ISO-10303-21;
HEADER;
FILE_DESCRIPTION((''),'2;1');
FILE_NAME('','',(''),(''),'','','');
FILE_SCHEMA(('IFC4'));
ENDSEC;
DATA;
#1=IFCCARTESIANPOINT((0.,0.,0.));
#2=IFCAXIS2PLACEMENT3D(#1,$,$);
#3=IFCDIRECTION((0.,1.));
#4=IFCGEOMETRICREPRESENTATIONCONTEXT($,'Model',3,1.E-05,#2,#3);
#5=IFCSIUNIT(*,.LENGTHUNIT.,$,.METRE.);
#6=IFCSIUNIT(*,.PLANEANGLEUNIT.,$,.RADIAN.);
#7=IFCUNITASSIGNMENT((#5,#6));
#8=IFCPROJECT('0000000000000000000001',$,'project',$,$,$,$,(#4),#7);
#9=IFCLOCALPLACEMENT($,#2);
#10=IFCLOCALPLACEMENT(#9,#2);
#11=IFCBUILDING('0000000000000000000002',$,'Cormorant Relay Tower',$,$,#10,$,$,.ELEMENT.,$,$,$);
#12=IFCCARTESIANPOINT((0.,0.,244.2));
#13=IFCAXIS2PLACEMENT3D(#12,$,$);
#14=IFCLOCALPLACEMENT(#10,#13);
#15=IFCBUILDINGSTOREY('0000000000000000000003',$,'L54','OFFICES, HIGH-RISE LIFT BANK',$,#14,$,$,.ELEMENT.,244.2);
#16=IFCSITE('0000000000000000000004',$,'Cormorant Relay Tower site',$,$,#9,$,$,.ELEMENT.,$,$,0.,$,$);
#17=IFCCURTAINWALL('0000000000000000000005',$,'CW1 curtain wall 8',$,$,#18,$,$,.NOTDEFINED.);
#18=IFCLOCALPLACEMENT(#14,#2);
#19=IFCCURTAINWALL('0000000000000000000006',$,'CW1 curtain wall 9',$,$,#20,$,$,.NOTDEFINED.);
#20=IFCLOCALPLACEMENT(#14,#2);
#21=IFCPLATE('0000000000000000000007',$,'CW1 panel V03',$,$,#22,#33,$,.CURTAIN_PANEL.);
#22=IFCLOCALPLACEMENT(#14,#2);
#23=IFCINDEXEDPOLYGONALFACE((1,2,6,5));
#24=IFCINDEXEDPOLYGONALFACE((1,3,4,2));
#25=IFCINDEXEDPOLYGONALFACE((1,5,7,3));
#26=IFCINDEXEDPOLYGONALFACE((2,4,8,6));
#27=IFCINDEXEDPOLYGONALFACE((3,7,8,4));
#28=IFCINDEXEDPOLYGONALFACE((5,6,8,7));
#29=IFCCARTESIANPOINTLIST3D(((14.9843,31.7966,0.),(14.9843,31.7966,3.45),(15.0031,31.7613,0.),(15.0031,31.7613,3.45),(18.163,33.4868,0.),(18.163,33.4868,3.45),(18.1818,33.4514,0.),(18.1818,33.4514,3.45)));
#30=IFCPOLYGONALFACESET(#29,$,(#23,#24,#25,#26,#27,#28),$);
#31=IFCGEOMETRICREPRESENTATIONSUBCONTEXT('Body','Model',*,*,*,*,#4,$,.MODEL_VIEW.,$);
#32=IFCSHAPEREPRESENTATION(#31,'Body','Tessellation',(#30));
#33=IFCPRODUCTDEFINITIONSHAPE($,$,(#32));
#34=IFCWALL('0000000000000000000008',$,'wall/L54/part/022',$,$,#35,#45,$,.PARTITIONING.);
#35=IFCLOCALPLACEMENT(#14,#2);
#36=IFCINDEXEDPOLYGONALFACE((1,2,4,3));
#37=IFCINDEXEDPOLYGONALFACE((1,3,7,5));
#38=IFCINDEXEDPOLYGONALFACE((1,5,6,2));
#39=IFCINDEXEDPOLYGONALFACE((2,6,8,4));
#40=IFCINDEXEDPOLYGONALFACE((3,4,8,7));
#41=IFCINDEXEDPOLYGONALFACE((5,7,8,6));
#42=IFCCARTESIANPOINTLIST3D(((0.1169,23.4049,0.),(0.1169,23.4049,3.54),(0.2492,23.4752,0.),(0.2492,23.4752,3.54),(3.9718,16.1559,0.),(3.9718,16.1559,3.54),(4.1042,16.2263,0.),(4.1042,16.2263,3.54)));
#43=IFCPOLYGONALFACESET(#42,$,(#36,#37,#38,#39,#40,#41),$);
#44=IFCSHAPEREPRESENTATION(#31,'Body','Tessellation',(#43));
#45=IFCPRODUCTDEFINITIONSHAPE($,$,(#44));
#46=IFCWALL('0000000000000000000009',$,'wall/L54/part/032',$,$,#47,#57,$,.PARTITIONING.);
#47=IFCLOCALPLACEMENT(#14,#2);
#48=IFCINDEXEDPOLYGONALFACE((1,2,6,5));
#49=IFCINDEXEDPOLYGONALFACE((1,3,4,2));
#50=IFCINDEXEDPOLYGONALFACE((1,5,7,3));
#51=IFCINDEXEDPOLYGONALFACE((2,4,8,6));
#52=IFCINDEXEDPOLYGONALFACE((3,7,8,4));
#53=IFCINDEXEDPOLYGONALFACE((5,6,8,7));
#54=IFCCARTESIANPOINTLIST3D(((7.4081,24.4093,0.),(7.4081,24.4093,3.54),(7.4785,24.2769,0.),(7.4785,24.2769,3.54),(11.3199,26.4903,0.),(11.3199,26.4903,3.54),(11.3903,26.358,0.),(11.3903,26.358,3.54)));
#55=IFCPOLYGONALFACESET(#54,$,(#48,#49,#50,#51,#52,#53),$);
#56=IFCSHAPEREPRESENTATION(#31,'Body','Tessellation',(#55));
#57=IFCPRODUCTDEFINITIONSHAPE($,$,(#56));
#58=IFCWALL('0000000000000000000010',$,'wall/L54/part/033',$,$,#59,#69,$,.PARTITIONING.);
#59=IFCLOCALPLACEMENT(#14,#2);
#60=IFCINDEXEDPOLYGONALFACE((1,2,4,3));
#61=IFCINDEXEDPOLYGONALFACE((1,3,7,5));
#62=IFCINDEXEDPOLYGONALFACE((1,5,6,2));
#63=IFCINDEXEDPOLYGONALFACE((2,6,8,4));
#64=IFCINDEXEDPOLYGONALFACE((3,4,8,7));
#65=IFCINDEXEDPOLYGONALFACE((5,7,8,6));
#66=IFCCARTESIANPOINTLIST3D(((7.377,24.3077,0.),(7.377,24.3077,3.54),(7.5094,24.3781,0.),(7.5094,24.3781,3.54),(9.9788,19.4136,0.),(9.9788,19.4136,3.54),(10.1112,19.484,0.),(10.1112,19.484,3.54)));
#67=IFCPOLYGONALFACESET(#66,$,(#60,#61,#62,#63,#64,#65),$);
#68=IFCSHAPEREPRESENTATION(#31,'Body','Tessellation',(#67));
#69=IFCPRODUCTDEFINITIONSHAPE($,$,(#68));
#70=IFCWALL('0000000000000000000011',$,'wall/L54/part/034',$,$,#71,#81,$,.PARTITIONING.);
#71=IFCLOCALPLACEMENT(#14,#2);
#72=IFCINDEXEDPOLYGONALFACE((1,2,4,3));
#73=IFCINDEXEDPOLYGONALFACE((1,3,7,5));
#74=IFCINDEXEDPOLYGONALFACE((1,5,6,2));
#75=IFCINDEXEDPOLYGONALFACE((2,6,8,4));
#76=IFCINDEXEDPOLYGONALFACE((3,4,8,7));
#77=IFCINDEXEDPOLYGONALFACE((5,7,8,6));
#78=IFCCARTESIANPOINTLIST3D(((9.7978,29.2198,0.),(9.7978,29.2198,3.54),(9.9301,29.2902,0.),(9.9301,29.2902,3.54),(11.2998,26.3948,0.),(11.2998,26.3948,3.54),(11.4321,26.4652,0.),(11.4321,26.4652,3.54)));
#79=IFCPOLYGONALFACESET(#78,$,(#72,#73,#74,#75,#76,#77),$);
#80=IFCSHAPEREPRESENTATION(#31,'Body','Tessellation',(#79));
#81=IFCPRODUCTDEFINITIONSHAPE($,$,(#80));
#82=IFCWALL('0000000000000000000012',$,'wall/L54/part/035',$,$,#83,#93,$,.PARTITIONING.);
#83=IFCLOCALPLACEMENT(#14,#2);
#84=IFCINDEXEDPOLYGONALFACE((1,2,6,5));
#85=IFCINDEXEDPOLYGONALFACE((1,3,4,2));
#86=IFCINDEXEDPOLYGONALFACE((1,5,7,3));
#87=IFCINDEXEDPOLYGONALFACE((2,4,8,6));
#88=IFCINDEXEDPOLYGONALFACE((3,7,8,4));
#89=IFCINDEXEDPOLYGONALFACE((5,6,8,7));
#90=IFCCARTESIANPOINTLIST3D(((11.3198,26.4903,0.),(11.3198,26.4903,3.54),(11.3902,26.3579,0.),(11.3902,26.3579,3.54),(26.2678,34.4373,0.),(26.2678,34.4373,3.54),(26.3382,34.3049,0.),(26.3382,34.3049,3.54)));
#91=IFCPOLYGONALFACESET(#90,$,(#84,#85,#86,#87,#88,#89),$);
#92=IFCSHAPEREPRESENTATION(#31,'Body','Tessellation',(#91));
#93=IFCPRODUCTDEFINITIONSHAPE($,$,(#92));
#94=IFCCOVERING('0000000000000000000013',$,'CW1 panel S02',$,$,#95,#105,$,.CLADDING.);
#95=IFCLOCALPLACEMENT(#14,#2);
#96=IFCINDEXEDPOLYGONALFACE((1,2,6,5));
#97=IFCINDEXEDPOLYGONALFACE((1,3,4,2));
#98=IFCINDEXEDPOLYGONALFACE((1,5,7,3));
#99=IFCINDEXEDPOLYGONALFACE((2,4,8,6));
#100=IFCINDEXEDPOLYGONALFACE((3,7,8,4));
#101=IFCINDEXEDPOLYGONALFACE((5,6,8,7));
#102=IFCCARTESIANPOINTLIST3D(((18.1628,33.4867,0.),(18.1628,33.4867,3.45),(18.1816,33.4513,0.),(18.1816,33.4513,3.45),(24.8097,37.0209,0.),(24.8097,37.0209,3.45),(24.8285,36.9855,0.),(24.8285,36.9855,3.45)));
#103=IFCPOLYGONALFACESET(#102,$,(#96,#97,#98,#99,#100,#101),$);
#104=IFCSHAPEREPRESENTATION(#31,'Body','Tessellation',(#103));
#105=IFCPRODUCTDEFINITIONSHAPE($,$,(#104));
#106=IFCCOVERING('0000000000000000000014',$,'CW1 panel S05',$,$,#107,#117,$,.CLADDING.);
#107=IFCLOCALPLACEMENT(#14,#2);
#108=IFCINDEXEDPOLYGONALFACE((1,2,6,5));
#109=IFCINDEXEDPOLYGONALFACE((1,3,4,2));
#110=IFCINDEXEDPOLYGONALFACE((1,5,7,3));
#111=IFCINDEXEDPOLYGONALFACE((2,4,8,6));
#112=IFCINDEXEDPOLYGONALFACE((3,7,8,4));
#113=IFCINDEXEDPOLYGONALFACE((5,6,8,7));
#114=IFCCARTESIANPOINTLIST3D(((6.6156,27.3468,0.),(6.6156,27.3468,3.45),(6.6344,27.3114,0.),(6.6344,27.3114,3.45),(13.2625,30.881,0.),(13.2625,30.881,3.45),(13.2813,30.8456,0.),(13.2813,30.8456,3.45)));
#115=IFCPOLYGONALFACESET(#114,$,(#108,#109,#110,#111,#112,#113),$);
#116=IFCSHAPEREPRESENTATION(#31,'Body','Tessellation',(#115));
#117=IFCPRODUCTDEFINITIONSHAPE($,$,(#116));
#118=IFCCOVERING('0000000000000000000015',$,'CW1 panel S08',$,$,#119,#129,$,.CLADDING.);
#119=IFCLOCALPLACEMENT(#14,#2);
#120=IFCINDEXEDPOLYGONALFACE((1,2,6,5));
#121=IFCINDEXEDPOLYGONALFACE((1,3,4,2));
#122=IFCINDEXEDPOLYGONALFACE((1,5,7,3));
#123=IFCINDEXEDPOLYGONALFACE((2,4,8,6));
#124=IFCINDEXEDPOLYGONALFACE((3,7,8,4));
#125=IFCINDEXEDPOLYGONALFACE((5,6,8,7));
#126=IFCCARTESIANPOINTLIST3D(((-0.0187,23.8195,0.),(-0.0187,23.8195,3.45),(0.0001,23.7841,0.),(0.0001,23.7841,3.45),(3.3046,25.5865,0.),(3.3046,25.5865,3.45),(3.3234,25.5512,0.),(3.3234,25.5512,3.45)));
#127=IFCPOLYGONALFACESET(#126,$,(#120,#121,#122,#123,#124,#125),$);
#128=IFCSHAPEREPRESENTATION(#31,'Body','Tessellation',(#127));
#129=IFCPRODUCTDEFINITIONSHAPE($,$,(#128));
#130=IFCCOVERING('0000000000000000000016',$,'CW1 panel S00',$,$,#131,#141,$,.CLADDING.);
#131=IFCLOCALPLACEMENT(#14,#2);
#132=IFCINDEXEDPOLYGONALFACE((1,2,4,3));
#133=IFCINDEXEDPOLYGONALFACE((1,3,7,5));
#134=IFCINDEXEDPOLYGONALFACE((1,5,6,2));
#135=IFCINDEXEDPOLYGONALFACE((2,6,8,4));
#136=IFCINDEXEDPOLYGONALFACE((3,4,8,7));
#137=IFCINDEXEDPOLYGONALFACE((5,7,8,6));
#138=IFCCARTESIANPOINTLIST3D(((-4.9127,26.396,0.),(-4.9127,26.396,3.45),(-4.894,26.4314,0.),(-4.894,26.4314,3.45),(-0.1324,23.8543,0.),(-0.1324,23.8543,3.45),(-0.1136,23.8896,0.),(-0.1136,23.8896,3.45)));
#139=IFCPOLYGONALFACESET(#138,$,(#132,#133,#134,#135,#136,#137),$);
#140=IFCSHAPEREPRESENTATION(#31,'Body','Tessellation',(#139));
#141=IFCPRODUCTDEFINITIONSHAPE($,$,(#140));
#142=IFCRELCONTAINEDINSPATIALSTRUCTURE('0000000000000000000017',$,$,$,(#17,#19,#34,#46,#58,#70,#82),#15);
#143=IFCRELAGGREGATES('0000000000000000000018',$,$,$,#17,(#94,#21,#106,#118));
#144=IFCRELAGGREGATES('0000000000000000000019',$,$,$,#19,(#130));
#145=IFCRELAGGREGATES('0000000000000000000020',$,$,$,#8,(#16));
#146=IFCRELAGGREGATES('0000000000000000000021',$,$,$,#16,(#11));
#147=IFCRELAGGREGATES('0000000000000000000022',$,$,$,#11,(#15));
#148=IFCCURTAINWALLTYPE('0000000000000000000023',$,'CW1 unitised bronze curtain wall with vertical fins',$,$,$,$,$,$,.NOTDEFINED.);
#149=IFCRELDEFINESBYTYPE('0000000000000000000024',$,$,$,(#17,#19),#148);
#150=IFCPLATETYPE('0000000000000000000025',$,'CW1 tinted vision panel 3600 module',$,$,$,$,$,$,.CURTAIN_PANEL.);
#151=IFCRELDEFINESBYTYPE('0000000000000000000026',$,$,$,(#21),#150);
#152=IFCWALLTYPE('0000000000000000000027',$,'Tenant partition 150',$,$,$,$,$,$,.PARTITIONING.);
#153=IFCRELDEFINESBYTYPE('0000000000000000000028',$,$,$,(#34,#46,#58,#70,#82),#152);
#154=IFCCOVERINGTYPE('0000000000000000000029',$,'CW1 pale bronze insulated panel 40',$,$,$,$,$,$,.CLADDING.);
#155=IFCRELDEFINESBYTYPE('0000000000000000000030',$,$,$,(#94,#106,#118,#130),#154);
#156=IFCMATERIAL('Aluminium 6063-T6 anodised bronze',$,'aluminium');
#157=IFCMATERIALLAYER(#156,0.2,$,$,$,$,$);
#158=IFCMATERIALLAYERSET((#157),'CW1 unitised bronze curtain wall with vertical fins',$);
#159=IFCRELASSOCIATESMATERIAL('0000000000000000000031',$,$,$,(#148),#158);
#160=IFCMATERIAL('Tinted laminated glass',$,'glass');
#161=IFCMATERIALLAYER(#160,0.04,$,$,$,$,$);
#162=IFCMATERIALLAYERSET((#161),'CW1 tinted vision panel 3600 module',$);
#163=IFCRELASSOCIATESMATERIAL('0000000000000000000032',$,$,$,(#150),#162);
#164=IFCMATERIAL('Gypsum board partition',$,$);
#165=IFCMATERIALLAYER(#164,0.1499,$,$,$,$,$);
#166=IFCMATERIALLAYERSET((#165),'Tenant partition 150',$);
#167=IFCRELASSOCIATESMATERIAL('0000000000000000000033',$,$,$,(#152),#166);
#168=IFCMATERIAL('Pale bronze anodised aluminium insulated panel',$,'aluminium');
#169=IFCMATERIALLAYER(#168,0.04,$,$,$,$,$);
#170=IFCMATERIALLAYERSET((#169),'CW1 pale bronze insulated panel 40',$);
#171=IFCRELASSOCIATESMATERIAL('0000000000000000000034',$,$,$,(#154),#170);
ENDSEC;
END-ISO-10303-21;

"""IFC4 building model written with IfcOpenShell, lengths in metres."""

from ifc_helpers import new_model, si_unit, direction, frame, frame_2d, origin, origin_2d, place, context, subcontext, project, spatial, rectangle, extrude, material, layer, layer_set, type_object, element, aggregate, save


model = new_model("IFC4")

# Units and contexts
model_context = context("Model", 3, precision=1e-05, world=origin(), true_north=direction((0.0, 1.0)))
body_context = subcontext(model_context, "Body", "Model", "MODEL_VIEW")
ifc_project = project(units=[si_unit("LENGTHUNIT", "METRE"), si_unit("PLANEANGLEUNIT", "RADIAN")], contexts=[model_context])

# Site, building, storey
site_placement = place(None, origin())
site = spatial("IfcSite", under=ifc_project, at=site_placement, Name="Cormorant Relay Tower site", CompositionType="ELEMENT", RefElevation=0.0)
building_placement = place(site_placement, origin())
building = spatial("IfcBuilding", under=site, at=building_placement, Name="Cormorant Relay Tower", CompositionType="ELEMENT")
storey_placement = place(building_placement, frame((0.0, 0.0, 244.2)))
storey = spatial("IfcBuildingStorey", under=building, at=storey_placement, Name="L54", Description="OFFICES, HIGH-RISE LIFT BANK", CompositionType="ELEMENT", Elevation=244.2)

# Curtain walls
ifc_material_1 = material(Name="Aluminium 6063-T6 anodised bronze", Category="aluminium")
ifc_layer_1 = layer(ifc_material_1, 0.2)
ifc_layer_set_1 = layer_set([ifc_layer_1], Name="CW1 unitised bronze curtain wall with vertical fins")
curtain_wall_type = type_object("IfcCurtainWallType", Name="CW1 unitised bronze curtain wall with vertical fins", PredefinedType="NOTDEFINED", material=ifc_layer_set_1)
curtain_wall_1_placement = place(storey_placement, origin())
curtain_wall_1 = element("IfcCurtainWall", 1, at=curtain_wall_1_placement, inside=storey, type_object=curtain_wall_type, Name="CW1 curtain wall 8", PredefinedType="NOTDEFINED")
curtain_wall_2_placement = place(storey_placement, origin())
curtain_wall_2 = element("IfcCurtainWall", 2, at=curtain_wall_2_placement, inside=storey, type_object=curtain_wall_type, Name="CW1 curtain wall 9", PredefinedType="NOTDEFINED")

# Plate
ifc_material_2 = material(Name="Tinted laminated glass", Category="glass")
ifc_layer_2 = layer(ifc_material_2, 0.04)
ifc_layer_set_2 = layer_set([ifc_layer_2], Name="CW1 tinted vision panel 3600 module")
plate_type_1 = type_object("IfcPlateType", Name="CW1 tinted vision panel 3600 module", PredefinedType="CURTAIN_PANEL", material=ifc_layer_set_2)
plate_1_placement = place(storey_placement, frame((16.583, 32.624, 0.0), z_axis=(0.0, 0.0, 1.0), x_axis=(-0.882948, -0.469472, 0.0)))
plate_1 = element("IfcPlate", 3, at=plate_1_placement, type_object=plate_type_1, Name="CW1 panel V03", PredefinedType="CURTAIN_PANEL", context=body_context, shape_type="SweptSolid", body=[
    extrude(rectangle(XDim=3.6001, YDim=0.04, at=origin_2d()), origin(), (0.0, 0.0, 1.0), 3.45),
])

# Walls
ifc_material_3 = material(Name="Gypsum board partition")
ifc_layer_3 = layer(ifc_material_3, 0.1499)
ifc_layer_set_3 = layer_set([ifc_layer_3], Name="Tenant partition 150")
wall_type = type_object("IfcWallType", Name="Tenant partition 150", PredefinedType="PARTITIONING", material=ifc_layer_set_3)
wall_1_placement = place(storey_placement, frame((0.1831, 23.4399, 0.0), z_axis=(0.0, 0.0, 1.0), x_axis=(0.469529, -0.882917, 0.0)))
element("IfcWall", 4, at=wall_1_placement, inside=storey, type_object=wall_type, Name="wall/L54/part/022", PredefinedType="PARTITIONING", context=body_context, shape_type="SweptSolid", body=[
    extrude(rectangle(XDim=8.2102, YDim=0.1499, at=frame_2d((4.105, 0.0))), origin(), (0.0, 0.0, 1.0), 3.54),
])
wall_2_placement = place(storey_placement, frame((11.355, 26.4241, 0.0), z_axis=(0.0, 0.0, 1.0), x_axis=(-0.882847, -0.469661, 0.0)))
element("IfcWall", 5, at=wall_2_placement, inside=storey, type_object=wall_type, Name="wall/L54/part/032", PredefinedType="PARTITIONING", context=body_context, shape_type="SweptSolid", body=[
    extrude(rectangle(XDim=4.4309, YDim=0.1499, at=frame_2d((2.2153, 0.0))), origin(), (0.0, 0.0, 1.0), 3.54),
])
wall_3_placement = place(storey_placement, frame((7.4431, 24.343, 0.0), z_axis=(0.0, 0.0, 1.0), x_axis=(0.469415, -0.882978, 0.0)))
element("IfcWall", 6, at=wall_3_placement, inside=storey, type_object=wall_type, Name="wall/L54/part/033", PredefinedType="PARTITIONING", context=body_context, shape_type="SweptSolid", body=[
    extrude(rectangle(XDim=5.5427, YDim=0.1499, at=frame_2d((2.7715, 0.0))), origin(), (0.0, 0.0, 1.0), 3.54),
])
wall_4_placement = place(storey_placement, frame((9.864, 29.2549, 0.0), z_axis=(0.0, 0.0, 1.0), x_axis=(0.469447, -0.882961, 0.0)))
element("IfcWall", 7, at=wall_4_placement, inside=storey, type_object=wall_type, Name="wall/L54/part/034", PredefinedType="PARTITIONING", context=body_context, shape_type="SweptSolid", body=[
    extrude(rectangle(XDim=3.1995, YDim=0.1499, at=frame_2d((1.5996, 0.0))), origin(), (0.0, 0.0, 1.0), 3.54),
])
wall_5_placement = place(storey_placement, frame((11.355, 26.4241, 0.0), z_axis=(0.0, 0.0, 1.0), x_axis=(0.882971, 0.469427, 0.0)))
element("IfcWall", 8, at=wall_5_placement, inside=storey, type_object=wall_type, Name="wall/L54/part/035", PredefinedType="PARTITIONING", context=body_context, shape_type="SweptSolid", body=[
    extrude(rectangle(XDim=16.9292, YDim=0.1499, at=frame_2d((8.4646, 0.0))), origin(), (0.0, 0.0, 1.0), 3.54),
])

# Coverings
ifc_material_4 = material(Name="Pale bronze anodised aluminium insulated panel", Category="aluminium")
ifc_layer_4 = layer(ifc_material_4, 0.04)
ifc_layer_set_4 = layer_set([ifc_layer_4], Name="CW1 pale bronze insulated panel 40")
covering_type = type_object("IfcCoveringType", Name="CW1 pale bronze insulated panel 40", PredefinedType="CLADDING", material=ifc_layer_set_4)
covering_1_placement = place(storey_placement, frame((21.4956, 35.2361, 0.0), z_axis=(0.0, 0.0, 1.0), x_axis=(-0.882948, -0.469472, 0.0)))
covering_1 = element("IfcCovering", 9, at=covering_1_placement, type_object=covering_type, Name="CW1 panel S02", PredefinedType="CLADDING", context=body_context, shape_type="SweptSolid", body=[
    extrude(rectangle(XDim=7.5281, YDim=0.04, at=origin_2d()), origin(), (0.0, 0.0, 1.0), 3.45),
])
covering_2_placement = place(storey_placement, frame((9.9485, 29.0962, 0.0), z_axis=(0.0, 0.0, 1.0), x_axis=(-0.882948, -0.469472, 0.0)))
covering_2 = element("IfcCovering", 10, at=covering_2_placement, type_object=covering_type, Name="CW1 panel S05", PredefinedType="CLADDING", context=body_context, shape_type="SweptSolid", body=[
    extrude(rectangle(XDim=7.5281, YDim=0.04, at=origin_2d()), origin(), (0.0, 0.0, 1.0), 3.45),
])
covering_3_placement = place(storey_placement, frame((1.6523, 24.6853, 0.0), z_axis=(0.0, 0.0, 1.0), x_axis=(-0.882948, -0.469472, 0.0)))
covering_3 = element("IfcCovering", 11, at=covering_3_placement, type_object=covering_type, Name="CW1 panel S08", PredefinedType="CLADDING", context=body_context, shape_type="SweptSolid", body=[
    extrude(rectangle(XDim=3.7639, YDim=0.04, at=origin_2d()), origin(), (0.0, 0.0, 1.0), 3.45),
])
aggregate(curtain_wall_1, [covering_1, plate_1, covering_2, covering_3])
covering_4_placement = place(storey_placement, frame((-2.5132, 25.1428, 0.0), z_axis=(0.0, 0.0, 1.0), x_axis=(-0.882948, 0.469472, 0.0)))
covering_4 = element("IfcCovering", 12, at=covering_4_placement, type_object=covering_type, Name="CW1 panel S00", PredefinedType="CLADDING", context=body_context, shape_type="SweptSolid", body=[
    extrude(rectangle(XDim=5.4141, YDim=0.04, at=origin_2d()), origin(), (0.0, 0.0, 1.0), 3.45),
])
aggregate(curtain_wall_2, [covering_4])

save(model, "model.ifc")
